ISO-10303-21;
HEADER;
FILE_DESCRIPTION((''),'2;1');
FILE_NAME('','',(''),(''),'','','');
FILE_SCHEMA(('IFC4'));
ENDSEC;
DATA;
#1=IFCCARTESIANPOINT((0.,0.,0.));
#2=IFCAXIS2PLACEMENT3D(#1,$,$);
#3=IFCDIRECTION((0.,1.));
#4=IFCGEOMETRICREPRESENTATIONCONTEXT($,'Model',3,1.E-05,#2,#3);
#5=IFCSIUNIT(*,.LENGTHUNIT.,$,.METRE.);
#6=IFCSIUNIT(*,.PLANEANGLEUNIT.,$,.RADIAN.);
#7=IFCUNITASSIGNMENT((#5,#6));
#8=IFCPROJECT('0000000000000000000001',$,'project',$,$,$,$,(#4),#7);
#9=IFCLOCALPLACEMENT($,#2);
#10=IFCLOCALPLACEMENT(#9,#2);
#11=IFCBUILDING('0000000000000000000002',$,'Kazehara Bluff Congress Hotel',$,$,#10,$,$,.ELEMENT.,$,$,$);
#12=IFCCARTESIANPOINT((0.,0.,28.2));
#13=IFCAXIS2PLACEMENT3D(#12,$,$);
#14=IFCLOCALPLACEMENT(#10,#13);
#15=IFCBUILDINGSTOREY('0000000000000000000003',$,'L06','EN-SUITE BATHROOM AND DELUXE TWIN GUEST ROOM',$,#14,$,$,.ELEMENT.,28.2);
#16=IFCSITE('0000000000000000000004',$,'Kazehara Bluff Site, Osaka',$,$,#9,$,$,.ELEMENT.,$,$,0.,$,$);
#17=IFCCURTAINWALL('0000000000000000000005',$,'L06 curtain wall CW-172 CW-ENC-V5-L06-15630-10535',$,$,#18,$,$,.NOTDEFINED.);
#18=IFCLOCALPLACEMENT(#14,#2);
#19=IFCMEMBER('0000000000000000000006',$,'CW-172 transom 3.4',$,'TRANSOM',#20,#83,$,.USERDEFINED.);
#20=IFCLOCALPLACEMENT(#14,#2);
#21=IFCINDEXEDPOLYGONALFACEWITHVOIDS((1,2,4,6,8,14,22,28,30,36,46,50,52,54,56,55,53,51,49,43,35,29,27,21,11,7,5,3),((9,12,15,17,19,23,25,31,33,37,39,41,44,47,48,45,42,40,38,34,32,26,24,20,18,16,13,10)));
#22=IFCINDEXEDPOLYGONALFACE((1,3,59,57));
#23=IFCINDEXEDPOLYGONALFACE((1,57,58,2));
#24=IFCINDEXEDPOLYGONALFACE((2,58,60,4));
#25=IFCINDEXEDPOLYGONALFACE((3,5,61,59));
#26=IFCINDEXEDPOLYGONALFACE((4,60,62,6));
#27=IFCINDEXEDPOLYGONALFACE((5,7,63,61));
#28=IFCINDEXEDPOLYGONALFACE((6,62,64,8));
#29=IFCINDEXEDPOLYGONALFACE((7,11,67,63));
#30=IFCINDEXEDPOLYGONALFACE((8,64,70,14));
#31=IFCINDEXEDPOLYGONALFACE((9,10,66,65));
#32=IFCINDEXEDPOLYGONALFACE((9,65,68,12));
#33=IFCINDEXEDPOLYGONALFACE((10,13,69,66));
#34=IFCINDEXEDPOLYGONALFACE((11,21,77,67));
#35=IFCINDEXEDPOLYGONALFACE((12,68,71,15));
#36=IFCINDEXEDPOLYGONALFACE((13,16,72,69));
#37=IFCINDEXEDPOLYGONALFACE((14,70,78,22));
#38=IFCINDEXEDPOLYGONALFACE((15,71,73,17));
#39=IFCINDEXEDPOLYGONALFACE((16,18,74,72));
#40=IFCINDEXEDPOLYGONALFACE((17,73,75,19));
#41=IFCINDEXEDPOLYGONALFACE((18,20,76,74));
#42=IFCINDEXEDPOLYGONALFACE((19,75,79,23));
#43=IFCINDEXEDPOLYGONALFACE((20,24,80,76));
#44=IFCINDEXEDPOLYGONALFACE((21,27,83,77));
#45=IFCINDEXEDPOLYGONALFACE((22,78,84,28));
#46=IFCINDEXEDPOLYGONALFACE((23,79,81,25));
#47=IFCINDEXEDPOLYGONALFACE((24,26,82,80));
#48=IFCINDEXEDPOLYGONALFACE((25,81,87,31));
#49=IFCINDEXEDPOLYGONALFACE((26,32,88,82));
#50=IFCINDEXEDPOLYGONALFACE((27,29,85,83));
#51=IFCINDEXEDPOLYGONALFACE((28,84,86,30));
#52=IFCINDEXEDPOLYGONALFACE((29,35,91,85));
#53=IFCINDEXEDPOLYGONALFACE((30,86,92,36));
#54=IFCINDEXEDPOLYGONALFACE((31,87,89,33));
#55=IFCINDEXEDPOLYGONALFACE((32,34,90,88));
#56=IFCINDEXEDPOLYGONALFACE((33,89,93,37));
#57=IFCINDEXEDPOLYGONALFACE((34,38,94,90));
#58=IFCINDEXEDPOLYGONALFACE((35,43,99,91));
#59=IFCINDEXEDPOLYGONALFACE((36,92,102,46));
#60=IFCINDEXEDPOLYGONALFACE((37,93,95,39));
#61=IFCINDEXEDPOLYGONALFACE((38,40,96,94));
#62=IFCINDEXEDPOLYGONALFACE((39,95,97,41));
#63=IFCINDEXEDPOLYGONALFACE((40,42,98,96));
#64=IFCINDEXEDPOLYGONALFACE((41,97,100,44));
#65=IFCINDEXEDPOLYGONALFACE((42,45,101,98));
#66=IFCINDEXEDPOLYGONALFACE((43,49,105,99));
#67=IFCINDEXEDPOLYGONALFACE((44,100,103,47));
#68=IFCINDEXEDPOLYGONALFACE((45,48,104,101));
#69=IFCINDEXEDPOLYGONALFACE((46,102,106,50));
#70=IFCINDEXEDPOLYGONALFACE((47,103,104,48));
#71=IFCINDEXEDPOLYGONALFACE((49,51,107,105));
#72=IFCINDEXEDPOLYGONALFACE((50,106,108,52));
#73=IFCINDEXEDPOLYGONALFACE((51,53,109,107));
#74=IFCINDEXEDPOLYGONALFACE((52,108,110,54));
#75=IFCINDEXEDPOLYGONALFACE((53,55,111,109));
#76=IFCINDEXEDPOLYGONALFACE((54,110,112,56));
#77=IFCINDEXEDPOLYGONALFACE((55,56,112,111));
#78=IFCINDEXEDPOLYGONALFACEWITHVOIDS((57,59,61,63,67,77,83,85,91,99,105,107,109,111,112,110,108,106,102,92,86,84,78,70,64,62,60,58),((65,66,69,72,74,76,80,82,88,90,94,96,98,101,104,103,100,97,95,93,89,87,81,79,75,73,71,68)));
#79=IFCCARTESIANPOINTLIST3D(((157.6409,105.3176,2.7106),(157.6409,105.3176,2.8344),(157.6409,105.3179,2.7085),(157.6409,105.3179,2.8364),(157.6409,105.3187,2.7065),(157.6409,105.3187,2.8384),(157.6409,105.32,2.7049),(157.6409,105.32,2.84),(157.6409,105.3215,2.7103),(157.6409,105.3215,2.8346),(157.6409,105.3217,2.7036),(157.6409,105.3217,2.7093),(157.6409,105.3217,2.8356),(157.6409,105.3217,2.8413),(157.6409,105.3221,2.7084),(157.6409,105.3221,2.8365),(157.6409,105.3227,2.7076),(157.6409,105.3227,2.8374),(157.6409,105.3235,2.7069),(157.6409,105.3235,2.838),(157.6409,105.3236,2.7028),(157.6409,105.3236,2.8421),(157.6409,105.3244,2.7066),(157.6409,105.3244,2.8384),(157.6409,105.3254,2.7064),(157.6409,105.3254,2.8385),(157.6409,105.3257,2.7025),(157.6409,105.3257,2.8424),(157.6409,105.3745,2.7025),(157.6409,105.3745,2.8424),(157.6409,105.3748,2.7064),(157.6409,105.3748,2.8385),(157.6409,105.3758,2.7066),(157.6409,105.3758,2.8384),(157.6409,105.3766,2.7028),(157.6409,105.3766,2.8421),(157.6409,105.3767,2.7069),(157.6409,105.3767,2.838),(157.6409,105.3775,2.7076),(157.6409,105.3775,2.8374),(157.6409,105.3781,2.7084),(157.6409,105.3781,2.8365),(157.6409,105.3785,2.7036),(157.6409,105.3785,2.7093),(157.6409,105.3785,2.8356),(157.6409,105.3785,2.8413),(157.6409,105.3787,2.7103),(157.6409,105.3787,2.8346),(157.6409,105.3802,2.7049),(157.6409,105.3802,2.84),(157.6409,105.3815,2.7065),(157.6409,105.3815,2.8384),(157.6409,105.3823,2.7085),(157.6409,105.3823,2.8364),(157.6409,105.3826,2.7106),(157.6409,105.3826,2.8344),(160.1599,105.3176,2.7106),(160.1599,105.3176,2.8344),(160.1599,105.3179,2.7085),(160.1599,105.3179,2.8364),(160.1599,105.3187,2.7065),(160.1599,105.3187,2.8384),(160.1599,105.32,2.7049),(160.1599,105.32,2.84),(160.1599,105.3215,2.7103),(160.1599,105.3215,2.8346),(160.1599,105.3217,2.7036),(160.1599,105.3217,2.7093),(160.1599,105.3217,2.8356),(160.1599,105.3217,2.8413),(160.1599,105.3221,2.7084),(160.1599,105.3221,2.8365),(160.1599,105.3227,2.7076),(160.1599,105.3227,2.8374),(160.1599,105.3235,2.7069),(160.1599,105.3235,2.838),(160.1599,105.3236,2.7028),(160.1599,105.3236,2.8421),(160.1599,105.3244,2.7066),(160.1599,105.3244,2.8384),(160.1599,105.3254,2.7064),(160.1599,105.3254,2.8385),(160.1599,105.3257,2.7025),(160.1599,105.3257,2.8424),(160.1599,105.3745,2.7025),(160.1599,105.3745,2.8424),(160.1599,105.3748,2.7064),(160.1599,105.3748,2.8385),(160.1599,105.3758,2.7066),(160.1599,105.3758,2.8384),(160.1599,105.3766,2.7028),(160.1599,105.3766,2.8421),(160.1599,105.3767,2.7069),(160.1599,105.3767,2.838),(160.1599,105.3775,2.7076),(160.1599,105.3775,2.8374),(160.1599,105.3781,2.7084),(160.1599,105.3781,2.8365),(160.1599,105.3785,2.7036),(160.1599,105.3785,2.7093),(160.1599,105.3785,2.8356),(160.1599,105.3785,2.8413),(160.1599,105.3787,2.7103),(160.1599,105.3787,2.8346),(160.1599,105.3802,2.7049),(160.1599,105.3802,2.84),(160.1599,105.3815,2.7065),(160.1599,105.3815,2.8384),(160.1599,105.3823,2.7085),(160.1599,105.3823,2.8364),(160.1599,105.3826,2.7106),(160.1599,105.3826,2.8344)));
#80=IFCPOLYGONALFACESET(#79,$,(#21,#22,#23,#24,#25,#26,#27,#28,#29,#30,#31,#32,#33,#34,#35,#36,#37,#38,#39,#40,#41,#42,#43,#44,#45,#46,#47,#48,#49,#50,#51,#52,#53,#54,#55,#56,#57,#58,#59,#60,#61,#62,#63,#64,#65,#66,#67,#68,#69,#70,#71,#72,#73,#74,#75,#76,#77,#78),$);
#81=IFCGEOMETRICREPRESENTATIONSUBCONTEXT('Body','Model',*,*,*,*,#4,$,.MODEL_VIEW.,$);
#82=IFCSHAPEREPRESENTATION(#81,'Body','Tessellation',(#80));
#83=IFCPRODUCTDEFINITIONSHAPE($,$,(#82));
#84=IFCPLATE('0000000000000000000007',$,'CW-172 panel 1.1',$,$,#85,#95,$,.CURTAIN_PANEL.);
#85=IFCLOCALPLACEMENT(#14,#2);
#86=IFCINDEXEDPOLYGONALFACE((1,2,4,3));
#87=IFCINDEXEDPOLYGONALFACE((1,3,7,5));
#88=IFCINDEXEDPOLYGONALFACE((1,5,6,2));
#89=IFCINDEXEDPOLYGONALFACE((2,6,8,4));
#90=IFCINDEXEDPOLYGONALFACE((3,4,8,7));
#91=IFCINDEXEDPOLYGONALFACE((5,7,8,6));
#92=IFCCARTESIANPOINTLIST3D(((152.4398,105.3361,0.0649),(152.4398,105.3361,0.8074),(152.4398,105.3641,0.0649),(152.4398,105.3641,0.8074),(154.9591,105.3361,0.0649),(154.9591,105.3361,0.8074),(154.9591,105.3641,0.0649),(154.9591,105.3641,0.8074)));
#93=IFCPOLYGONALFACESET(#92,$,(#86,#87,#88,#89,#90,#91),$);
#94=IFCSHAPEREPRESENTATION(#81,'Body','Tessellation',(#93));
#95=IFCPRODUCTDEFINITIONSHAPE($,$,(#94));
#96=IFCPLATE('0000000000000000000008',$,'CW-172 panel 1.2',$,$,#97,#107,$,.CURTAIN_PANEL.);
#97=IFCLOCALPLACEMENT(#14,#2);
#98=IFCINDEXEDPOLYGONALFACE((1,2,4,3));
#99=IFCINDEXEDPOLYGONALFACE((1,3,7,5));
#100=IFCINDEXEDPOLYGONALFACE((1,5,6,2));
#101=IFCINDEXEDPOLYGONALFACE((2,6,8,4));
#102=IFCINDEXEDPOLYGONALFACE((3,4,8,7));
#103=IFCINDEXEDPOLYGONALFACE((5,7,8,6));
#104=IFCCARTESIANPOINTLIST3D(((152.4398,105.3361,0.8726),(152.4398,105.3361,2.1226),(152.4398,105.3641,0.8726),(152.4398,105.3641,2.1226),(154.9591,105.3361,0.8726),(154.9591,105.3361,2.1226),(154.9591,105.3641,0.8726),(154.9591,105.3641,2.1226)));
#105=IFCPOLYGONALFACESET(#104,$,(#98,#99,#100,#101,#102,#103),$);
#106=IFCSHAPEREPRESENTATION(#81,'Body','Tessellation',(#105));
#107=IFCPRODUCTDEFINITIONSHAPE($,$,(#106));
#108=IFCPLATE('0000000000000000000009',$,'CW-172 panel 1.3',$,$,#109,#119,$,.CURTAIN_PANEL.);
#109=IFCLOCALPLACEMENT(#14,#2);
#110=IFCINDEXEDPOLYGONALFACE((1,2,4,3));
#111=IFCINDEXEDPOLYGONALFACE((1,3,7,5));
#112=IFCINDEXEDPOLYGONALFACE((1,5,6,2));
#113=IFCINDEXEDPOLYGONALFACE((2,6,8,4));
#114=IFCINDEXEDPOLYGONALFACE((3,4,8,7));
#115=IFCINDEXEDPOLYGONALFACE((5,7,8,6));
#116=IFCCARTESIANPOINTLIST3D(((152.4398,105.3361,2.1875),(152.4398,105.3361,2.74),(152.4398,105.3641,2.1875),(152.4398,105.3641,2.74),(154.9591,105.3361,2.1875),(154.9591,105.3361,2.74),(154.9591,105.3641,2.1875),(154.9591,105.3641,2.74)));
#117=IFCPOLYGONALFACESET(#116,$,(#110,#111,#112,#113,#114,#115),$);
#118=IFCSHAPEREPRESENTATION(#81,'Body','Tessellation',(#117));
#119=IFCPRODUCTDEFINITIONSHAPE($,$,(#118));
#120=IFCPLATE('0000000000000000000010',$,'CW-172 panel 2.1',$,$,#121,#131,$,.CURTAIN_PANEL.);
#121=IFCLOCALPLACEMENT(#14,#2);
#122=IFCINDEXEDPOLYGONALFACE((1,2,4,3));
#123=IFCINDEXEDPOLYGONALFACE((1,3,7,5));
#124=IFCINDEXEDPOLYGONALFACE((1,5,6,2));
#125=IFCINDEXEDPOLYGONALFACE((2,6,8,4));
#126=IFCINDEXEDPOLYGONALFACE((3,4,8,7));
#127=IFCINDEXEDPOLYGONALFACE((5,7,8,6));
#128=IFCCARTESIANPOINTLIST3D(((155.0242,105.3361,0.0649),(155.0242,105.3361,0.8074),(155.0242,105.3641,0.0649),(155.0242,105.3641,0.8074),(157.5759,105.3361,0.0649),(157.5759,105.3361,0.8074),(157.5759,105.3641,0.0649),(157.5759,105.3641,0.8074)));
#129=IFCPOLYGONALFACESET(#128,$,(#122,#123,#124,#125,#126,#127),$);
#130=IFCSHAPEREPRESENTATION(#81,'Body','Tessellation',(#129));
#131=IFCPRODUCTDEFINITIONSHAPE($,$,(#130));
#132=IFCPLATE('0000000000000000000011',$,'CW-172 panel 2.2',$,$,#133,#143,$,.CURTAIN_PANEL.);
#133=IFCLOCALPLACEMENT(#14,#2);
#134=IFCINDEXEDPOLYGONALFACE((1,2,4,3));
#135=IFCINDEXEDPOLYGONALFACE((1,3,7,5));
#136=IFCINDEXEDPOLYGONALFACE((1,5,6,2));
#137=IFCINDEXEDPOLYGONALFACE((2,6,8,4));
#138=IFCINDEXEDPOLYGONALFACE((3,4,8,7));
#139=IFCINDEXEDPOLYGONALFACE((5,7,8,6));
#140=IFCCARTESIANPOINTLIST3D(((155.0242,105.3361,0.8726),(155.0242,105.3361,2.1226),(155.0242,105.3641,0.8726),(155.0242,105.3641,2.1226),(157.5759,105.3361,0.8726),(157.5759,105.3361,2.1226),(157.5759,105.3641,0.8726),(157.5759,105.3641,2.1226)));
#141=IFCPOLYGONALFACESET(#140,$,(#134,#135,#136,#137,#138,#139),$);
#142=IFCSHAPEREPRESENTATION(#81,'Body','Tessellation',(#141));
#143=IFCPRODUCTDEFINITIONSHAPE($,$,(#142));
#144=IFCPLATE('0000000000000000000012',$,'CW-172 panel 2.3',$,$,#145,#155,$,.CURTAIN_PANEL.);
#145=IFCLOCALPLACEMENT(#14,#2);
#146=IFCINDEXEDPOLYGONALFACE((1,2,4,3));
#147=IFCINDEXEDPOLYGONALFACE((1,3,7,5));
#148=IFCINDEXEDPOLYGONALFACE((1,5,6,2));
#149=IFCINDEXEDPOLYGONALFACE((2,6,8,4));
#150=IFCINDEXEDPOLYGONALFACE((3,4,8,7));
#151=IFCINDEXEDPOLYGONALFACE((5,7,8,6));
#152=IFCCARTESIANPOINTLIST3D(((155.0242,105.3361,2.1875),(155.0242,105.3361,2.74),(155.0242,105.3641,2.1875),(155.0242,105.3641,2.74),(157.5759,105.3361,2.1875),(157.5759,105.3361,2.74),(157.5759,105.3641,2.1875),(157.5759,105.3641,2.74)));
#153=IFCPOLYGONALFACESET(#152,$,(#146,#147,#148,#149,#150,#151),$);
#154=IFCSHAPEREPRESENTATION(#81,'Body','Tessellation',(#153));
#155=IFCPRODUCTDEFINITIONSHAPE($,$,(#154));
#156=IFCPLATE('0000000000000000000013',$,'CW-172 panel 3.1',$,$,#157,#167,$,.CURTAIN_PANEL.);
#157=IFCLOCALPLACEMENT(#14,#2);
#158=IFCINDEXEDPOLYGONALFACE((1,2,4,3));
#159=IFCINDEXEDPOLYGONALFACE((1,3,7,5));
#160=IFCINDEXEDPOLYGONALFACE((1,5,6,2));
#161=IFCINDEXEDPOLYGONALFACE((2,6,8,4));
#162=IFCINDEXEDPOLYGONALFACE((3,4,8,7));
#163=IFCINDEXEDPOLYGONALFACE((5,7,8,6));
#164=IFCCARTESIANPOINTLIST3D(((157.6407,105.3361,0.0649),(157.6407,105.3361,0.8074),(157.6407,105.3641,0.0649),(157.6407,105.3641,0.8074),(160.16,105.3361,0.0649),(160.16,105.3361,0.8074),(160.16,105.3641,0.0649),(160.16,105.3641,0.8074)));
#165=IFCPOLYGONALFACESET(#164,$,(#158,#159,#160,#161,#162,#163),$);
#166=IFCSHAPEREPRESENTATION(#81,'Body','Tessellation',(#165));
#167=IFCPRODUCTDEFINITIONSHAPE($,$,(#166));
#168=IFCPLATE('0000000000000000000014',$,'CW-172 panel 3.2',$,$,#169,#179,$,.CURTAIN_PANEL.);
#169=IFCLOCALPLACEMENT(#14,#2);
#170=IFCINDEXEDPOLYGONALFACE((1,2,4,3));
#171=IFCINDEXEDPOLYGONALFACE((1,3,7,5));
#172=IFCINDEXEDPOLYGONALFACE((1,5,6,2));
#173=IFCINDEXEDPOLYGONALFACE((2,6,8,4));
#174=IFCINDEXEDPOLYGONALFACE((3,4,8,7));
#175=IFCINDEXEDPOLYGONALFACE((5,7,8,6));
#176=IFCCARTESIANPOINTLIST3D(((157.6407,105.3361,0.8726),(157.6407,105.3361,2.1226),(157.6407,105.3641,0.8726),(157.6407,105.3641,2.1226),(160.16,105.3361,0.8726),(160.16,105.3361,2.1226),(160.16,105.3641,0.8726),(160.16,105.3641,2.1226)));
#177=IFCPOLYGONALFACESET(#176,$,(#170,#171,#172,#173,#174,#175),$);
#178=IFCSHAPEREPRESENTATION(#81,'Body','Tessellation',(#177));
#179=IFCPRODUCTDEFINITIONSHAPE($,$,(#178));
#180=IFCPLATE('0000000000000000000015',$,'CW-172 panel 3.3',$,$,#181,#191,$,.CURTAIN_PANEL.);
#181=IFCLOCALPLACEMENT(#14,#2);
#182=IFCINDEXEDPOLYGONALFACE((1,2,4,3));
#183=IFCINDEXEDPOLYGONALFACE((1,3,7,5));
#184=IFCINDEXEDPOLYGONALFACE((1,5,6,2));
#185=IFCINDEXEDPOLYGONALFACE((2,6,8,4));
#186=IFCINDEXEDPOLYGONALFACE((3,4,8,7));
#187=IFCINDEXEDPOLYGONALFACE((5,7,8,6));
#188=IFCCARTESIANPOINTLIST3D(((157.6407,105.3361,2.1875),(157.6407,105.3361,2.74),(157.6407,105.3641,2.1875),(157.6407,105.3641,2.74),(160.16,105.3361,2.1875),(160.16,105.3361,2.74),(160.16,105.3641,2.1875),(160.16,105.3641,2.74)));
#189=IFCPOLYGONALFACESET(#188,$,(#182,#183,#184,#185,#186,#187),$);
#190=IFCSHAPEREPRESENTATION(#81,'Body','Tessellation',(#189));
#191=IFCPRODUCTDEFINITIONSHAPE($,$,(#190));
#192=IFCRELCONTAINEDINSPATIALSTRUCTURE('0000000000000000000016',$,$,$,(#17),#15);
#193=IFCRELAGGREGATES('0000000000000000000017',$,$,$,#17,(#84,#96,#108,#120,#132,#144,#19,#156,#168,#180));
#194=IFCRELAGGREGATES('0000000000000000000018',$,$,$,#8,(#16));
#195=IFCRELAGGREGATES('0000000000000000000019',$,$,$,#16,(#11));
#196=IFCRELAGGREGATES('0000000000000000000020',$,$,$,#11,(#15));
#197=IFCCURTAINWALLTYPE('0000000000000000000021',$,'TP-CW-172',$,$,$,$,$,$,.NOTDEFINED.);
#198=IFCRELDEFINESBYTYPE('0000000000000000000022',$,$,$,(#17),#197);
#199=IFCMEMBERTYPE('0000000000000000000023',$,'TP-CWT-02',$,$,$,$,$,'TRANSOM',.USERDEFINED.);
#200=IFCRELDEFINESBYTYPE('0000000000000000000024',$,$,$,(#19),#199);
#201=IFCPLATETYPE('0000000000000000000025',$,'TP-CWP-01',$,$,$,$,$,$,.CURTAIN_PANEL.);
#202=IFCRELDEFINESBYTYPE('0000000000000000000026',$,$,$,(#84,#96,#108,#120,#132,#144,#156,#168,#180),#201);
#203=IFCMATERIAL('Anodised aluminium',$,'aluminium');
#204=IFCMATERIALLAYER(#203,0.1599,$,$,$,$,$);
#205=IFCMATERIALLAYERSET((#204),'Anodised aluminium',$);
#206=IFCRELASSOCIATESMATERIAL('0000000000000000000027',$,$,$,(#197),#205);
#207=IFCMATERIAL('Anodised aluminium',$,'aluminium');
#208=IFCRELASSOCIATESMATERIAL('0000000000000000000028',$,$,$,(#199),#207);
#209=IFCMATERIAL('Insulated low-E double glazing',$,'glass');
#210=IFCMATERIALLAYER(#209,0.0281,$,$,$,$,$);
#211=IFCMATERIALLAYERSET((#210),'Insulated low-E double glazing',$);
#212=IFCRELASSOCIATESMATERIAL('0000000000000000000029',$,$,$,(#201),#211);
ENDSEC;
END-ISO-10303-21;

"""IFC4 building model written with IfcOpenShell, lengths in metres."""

from ifc_helpers import new_model, si_unit, direction, frame, origin, origin_2d, place, context, subcontext, project, spatial, rectangle, hollow_rectangle, extrude, material, layer, layer_set, material_profile, profile_set, type_object, element, aggregate, save


model = new_model("IFC4")

# Units and contexts
model_context = context("Model", 3, precision=1e-05, world=origin(), true_north=direction((0.0, 1.0)))
body_context = subcontext(model_context, "Body", "Model", "MODEL_VIEW")
ifc_project = project(units=[si_unit("LENGTHUNIT", "METRE"), si_unit("PLANEANGLEUNIT", "RADIAN")], contexts=[model_context])

# Site, building, storey
site_placement = place(None, origin())
site = spatial("IfcSite", under=ifc_project, at=site_placement, Name="Kazehara Bluff Site, Osaka", CompositionType="ELEMENT", RefElevation=0.0)
building_placement = place(site_placement, origin())
building = spatial("IfcBuilding", under=site, at=building_placement, Name="Kazehara Bluff Congress Hotel", CompositionType="ELEMENT")
storey_placement = place(building_placement, frame((0.0, 0.0, 28.2)))
storey = spatial("IfcBuildingStorey", under=building, at=storey_placement, Name="L06", Description="EN-SUITE BATHROOM AND DELUXE TWIN GUEST ROOM", CompositionType="ELEMENT", Elevation=28.2)

# Curtain wall, member, plates
ifc_material_1 = material(Name="Anodised aluminium", Category="aluminium")
ifc_layer_1 = layer(ifc_material_1, 0.1599)
ifc_layer_set_1 = layer_set([ifc_layer_1], Name="Anodised aluminium")
curtain_wall_type = type_object("IfcCurtainWallType", Name="TP-CW-172", PredefinedType="NOTDEFINED", material=ifc_layer_set_1)
curtain_wall_placement = place(storey_placement, origin())
curtain_wall = element("IfcCurtainWall", 1, at=curtain_wall_placement, inside=storey, type_object=curtain_wall_type, Name="L06 curtain wall CW-172 CW-ENC-V5-L06-15630-10535", PredefinedType="NOTDEFINED")
ifc_material_2 = material(Name="Anodised aluminium", Category="aluminium")
ifc_material_profile_1 = material_profile(ifc_material_2, hollow_rectangle(XDim=0.0649, YDim=0.1399, WallThickness=0.0039, InnerFilletRadius=0.0039, OuterFilletRadius=0.0081, at=origin_2d()))
ifc_profile_set_1 = profile_set([ifc_material_profile_1], Name="Anodised aluminium")
member_type_1 = type_object("IfcMemberType", Name="TP-CWT-02", ElementType="TRANSOM", PredefinedType="USERDEFINED", material=ifc_profile_set_1)
member_1_placement = place(storey_placement, frame((157.6409, 105.3501, 2.7725), z_axis=(1.0, 0.0, 0.0), x_axis=(0.0, 1.0, 0.0)))
member_1 = element("IfcMember", 2, at=member_1_placement, type_object=member_type_1, Name="CW-172 transom 3.4", ObjectType="TRANSOM", PredefinedType="USERDEFINED", context=body_context, shape_type="SweptSolid", body=[
    extrude(hollow_rectangle(XDim=0.0649, YDim=0.1399, WallThickness=0.0039, InnerFilletRadius=0.0039, OuterFilletRadius=0.0081, at=origin_2d()), origin(), (0.0, 0.0, 1.0), 2.519),
])
ifc_material_3 = material(Name="Insulated low-E double glazing", Category="glass")
ifc_layer_2 = layer(ifc_material_3, 0.0281)
ifc_layer_set_2 = layer_set([ifc_layer_2], Name="Insulated low-E double glazing")
plate_type = type_object("IfcPlateType", Name="TP-CWP-01", PredefinedType="CURTAIN_PANEL", material=ifc_layer_set_2)
plate_1_placement = place(storey_placement, frame((153.6995, 105.3501, 0.0649), z_axis=(0.0, 0.0, 1.0), x_axis=(1.0, 0.0, 0.0)))
plate_1 = element("IfcPlate", 3, at=plate_1_placement, type_object=plate_type, Name="CW-172 panel 1.1", PredefinedType="CURTAIN_PANEL", context=body_context, shape_type="SweptSolid", body=[
    extrude(rectangle(XDim=2.5193, YDim=0.0281, at=origin_2d()), origin(), (0.0, 0.0, 1.0), 0.7424),
])
plate_2_placement = place(storey_placement, frame((153.6995, 105.3501, 0.8726), z_axis=(0.0, 0.0, 1.0), x_axis=(1.0, 0.0, 0.0)))
plate_2 = element("IfcPlate", 4, at=plate_2_placement, type_object=plate_type, Name="CW-172 panel 1.2", PredefinedType="CURTAIN_PANEL", context=body_context, shape_type="SweptSolid", body=[
    extrude(rectangle(XDim=2.5193, YDim=0.0281, at=origin_2d()), origin(), (0.0, 0.0, 1.0), 1.25),
])
plate_3_placement = place(storey_placement, frame((153.6995, 105.3501, 2.1875), z_axis=(0.0, 0.0, 1.0), x_axis=(1.0, 0.0, 0.0)))
plate_3 = element("IfcPlate", 5, at=plate_3_placement, type_object=plate_type, Name="CW-172 panel 1.3", PredefinedType="CURTAIN_PANEL", context=body_context, shape_type="SweptSolid", body=[
    extrude(rectangle(XDim=2.5193, YDim=0.0281, at=origin_2d()), origin(), (0.0, 0.0, 1.0), 0.5525),
])
plate_4_placement = place(storey_placement, frame((156.3, 105.3501, 0.0649), z_axis=(0.0, 0.0, 1.0), x_axis=(1.0, 0.0, 0.0)))
plate_4 = element("IfcPlate", 6, at=plate_4_placement, type_object=plate_type, Name="CW-172 panel 2.1", PredefinedType="CURTAIN_PANEL", context=body_context, shape_type="SweptSolid", body=[
    extrude(rectangle(XDim=2.5518, YDim=0.0281, at=origin_2d()), origin(), (0.0, 0.0, 1.0), 0.7424),
])
plate_5_placement = place(storey_placement, frame((156.3, 105.3501, 0.8726), z_axis=(0.0, 0.0, 1.0), x_axis=(1.0, 0.0, 0.0)))
plate_5 = element("IfcPlate", 7, at=plate_5_placement, type_object=plate_type, Name="CW-172 panel 2.2", PredefinedType="CURTAIN_PANEL", context=body_context, shape_type="SweptSolid", body=[
    extrude(rectangle(XDim=2.5518, YDim=0.0281, at=origin_2d()), origin(), (0.0, 0.0, 1.0), 1.25),
])
plate_6_placement = place(storey_placement, frame((156.3, 105.3501, 2.1875), z_axis=(0.0, 0.0, 1.0), x_axis=(1.0, 0.0, 0.0)))
plate_6 = element("IfcPlate", 8, at=plate_6_placement, type_object=plate_type, Name="CW-172 panel 2.3", PredefinedType="CURTAIN_PANEL", context=body_context, shape_type="SweptSolid", body=[
    extrude(rectangle(XDim=2.5518, YDim=0.0281, at=origin_2d()), origin(), (0.0, 0.0, 1.0), 0.5525),
])
plate_7_placement = place(storey_placement, frame((158.9004, 105.3501, 0.0649), z_axis=(0.0, 0.0, 1.0), x_axis=(1.0, 0.0, 0.0)))
plate_7 = element("IfcPlate", 9, at=plate_7_placement, type_object=plate_type, Name="CW-172 panel 3.1", PredefinedType="CURTAIN_PANEL", context=body_context, shape_type="SweptSolid", body=[
    extrude(rectangle(XDim=2.5193, YDim=0.0281, at=origin_2d()), origin(), (0.0, 0.0, 1.0), 0.7424),
])
plate_8_placement = place(storey_placement, frame((158.9004, 105.3501, 0.8726), z_axis=(0.0, 0.0, 1.0), x_axis=(1.0, 0.0, 0.0)))
plate_8 = element("IfcPlate", 10, at=plate_8_placement, type_object=plate_type, Name="CW-172 panel 3.2", PredefinedType="CURTAIN_PANEL", context=body_context, shape_type="SweptSolid", body=[
    extrude(rectangle(XDim=2.5193, YDim=0.0281, at=origin_2d()), origin(), (0.0, 0.0, 1.0), 1.25),
])
plate_9_placement = place(storey_placement, frame((158.9004, 105.3501, 2.1875), z_axis=(0.0, 0.0, 1.0), x_axis=(1.0, 0.0, 0.0)))
plate_9 = element("IfcPlate", 11, at=plate_9_placement, type_object=plate_type, Name="CW-172 panel 3.3", PredefinedType="CURTAIN_PANEL", context=body_context, shape_type="SweptSolid", body=[
    extrude(rectangle(XDim=2.5193, YDim=0.0281, at=origin_2d()), origin(), (0.0, 0.0, 1.0), 0.5525),
])
aggregate(curtain_wall, [plate_1, plate_2, plate_3, plate_4, plate_5, plate_6, member_1, plate_7, plate_8, plate_9])

save(model, "model.ifc")
